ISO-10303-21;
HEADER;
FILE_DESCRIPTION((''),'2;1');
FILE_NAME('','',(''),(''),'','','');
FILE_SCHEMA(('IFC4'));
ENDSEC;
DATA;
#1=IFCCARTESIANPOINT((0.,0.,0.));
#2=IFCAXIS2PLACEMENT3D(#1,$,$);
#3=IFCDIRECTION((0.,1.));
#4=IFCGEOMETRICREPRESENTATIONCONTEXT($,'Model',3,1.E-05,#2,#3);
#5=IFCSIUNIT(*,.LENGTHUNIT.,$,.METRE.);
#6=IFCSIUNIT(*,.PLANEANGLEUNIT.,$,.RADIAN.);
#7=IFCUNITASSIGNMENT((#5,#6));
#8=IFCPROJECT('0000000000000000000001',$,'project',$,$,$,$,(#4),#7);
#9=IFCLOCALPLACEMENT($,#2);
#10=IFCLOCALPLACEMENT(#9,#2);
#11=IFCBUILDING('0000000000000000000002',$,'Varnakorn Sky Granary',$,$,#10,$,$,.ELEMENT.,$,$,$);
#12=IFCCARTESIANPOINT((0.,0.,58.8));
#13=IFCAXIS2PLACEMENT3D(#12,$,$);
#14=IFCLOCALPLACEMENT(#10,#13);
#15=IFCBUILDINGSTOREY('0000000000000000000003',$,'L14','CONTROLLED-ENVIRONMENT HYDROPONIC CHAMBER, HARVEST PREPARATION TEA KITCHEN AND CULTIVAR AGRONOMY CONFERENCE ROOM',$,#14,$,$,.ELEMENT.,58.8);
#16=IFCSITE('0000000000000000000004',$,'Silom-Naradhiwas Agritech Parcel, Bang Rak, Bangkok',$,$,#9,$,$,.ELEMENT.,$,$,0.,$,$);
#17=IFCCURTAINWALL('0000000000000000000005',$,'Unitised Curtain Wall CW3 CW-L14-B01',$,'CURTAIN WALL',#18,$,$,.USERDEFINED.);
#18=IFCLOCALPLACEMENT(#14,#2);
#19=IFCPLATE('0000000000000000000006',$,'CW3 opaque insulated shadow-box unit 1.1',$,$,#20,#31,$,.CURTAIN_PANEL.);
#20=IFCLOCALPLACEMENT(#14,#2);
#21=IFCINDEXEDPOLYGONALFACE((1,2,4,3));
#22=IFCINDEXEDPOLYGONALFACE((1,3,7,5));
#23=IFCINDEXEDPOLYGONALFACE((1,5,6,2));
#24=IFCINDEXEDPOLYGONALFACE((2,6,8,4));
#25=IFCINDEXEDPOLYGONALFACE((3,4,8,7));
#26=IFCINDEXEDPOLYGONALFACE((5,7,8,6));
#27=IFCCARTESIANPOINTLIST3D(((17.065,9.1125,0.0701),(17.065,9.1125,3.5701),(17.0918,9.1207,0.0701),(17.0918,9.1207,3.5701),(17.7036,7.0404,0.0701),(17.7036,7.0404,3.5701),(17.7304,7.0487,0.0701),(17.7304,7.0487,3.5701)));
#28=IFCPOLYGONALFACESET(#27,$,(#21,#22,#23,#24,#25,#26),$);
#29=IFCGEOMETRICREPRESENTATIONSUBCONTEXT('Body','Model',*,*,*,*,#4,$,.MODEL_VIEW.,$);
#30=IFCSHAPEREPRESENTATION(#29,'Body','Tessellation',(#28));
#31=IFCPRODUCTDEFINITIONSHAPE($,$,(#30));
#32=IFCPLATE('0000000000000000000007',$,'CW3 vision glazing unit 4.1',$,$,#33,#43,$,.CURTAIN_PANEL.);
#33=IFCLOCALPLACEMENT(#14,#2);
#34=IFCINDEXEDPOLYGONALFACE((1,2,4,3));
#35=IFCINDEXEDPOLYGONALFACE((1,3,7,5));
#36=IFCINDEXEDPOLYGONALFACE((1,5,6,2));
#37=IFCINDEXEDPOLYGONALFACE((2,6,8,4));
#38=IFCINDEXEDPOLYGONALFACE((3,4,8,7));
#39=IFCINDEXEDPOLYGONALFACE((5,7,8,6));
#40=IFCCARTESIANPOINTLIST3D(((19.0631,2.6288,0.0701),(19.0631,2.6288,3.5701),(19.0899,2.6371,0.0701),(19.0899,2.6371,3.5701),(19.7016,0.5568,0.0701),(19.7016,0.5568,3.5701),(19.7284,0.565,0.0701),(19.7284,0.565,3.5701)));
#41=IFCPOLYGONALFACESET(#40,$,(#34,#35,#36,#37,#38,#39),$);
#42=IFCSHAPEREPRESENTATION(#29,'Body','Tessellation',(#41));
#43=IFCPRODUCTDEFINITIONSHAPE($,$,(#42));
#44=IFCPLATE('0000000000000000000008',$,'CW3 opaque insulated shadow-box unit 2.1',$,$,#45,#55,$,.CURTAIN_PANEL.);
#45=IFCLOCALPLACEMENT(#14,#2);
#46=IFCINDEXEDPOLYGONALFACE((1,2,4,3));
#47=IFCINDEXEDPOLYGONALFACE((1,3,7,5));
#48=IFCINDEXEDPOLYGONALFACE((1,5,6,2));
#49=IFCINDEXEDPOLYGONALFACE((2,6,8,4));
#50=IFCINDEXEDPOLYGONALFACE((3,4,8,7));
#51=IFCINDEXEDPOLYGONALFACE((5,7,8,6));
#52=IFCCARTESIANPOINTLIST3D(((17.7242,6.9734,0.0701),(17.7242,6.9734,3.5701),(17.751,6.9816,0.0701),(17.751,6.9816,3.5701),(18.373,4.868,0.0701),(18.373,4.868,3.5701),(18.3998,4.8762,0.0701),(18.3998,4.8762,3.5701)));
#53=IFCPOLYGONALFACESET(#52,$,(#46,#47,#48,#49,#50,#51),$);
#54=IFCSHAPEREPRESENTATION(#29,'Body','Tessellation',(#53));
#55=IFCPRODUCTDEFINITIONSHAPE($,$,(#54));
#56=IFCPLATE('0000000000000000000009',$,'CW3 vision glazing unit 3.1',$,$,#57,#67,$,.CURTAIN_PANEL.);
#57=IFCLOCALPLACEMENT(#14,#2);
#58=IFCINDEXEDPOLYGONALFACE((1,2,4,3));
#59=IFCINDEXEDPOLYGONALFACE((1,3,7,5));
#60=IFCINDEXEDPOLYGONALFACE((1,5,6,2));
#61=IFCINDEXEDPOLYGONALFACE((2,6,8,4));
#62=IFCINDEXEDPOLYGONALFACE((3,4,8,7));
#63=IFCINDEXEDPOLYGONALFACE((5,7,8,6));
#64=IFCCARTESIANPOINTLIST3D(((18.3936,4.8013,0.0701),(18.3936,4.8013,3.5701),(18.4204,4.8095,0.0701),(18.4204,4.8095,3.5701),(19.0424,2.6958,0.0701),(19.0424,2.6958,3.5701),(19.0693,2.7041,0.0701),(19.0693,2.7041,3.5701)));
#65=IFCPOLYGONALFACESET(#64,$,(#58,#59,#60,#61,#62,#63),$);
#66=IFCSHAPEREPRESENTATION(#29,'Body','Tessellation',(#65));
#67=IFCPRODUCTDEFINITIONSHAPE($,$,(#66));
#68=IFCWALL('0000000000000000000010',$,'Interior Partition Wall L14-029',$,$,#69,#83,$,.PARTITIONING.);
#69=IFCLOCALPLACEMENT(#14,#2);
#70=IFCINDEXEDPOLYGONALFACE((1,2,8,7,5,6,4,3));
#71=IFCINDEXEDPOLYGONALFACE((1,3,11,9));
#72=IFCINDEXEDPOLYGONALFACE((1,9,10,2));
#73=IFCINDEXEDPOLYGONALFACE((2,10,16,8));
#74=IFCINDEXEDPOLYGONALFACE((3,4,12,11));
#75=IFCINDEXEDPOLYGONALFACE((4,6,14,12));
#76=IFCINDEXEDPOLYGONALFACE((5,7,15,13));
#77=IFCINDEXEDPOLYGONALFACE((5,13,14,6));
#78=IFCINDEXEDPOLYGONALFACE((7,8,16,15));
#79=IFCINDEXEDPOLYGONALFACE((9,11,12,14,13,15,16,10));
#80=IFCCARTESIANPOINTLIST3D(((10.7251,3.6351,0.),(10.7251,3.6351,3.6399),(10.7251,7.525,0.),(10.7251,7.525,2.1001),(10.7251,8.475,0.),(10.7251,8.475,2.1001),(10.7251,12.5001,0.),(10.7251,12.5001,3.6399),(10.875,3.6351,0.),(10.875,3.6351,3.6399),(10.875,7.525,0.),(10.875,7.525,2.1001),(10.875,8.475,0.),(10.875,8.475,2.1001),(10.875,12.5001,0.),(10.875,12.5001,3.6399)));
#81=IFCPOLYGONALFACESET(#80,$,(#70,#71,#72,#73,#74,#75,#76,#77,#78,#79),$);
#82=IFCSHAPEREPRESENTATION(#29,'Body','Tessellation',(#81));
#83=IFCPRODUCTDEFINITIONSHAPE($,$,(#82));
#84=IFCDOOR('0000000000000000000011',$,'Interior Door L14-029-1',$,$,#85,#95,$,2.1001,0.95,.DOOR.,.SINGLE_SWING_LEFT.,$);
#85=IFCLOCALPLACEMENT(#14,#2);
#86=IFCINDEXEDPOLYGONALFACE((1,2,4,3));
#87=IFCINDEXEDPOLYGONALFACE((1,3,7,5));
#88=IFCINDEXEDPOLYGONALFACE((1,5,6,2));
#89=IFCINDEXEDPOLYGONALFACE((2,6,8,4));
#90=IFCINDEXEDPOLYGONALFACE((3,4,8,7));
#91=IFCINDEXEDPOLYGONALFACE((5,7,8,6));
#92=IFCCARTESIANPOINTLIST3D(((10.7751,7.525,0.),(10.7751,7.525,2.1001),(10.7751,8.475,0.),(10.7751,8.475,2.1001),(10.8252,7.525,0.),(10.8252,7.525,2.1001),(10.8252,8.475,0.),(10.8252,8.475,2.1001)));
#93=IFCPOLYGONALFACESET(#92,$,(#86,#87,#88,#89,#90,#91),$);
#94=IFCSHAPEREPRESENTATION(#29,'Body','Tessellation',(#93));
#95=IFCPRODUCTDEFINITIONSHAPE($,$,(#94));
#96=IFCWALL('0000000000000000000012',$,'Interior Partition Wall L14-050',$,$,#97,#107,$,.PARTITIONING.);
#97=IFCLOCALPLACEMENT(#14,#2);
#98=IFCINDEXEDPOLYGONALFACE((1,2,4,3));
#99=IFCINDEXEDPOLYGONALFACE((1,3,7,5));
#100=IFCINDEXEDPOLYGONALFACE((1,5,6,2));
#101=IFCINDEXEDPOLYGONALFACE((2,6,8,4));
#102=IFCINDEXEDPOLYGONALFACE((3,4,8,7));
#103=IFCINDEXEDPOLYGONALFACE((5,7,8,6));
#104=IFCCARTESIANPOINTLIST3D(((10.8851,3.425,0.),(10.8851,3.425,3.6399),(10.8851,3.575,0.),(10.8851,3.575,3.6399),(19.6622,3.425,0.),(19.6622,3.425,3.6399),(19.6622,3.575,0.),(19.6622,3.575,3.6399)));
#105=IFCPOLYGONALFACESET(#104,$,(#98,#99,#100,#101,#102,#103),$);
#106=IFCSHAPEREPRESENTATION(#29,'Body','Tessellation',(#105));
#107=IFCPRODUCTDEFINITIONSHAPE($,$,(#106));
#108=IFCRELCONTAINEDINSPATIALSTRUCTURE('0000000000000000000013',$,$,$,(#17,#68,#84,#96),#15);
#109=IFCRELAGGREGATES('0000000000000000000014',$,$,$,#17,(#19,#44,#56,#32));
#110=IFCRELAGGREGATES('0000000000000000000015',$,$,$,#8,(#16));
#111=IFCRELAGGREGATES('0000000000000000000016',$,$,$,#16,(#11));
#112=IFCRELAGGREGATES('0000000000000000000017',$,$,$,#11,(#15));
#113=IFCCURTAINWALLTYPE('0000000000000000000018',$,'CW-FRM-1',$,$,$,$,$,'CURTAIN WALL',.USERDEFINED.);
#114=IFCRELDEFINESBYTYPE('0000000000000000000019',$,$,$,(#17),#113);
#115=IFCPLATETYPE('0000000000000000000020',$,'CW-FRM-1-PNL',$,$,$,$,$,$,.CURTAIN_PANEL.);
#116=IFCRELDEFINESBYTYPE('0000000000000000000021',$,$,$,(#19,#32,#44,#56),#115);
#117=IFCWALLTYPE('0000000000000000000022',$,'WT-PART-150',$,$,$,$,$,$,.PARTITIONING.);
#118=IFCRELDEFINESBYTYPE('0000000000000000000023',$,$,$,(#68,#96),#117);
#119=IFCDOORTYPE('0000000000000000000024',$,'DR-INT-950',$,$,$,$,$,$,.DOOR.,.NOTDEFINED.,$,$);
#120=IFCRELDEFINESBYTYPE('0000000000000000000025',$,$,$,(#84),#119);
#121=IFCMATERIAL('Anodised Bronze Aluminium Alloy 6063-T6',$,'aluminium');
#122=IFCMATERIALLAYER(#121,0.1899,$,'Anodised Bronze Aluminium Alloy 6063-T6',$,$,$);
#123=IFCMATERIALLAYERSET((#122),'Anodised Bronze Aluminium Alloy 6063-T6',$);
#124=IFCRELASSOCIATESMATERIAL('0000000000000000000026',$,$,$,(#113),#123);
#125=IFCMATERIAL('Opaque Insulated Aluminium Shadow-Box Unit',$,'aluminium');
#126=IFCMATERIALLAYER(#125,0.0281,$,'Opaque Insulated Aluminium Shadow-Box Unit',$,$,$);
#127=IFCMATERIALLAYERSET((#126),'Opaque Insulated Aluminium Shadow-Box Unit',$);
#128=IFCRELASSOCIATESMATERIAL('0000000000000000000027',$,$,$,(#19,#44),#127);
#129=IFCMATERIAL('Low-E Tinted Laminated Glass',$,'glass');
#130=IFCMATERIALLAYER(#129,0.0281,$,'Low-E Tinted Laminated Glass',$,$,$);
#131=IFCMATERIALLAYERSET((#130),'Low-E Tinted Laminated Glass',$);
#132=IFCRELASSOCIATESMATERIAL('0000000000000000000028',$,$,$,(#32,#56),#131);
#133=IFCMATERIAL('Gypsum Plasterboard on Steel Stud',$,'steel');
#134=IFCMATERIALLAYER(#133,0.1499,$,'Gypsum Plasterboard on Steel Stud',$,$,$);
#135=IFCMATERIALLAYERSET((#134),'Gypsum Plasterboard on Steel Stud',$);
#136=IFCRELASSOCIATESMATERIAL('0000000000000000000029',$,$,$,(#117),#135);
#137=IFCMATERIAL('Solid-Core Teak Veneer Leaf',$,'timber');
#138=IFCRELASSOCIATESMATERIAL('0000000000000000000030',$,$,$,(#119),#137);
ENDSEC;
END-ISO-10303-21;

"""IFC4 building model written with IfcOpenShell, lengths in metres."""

from ifc_helpers import new_model, si_unit, direction, frame, frame_2d, origin, origin_2d, place, context, subcontext, project, spatial, rectangle, extrude, source, transform, mapped, material, layer, layer_set, type_object, type_shapes, element, fill, aggregate, save


model = new_model("IFC4")

# Units and contexts
model_context = context("Model", 3, precision=1e-05, world=origin(), true_north=direction((0.0, 1.0)))
body_context = subcontext(model_context, "Body", "Model", "MODEL_VIEW")
ifc_project = project(units=[si_unit("LENGTHUNIT", "METRE"), si_unit("PLANEANGLEUNIT", "RADIAN")], contexts=[model_context])

# Site, building, storey
site_placement = place(None, origin())
site = spatial("IfcSite", under=ifc_project, at=site_placement, Name="Silom-Naradhiwas Agritech Parcel, Bang Rak, Bangkok", CompositionType="ELEMENT", RefElevation=0.0)
building_placement = place(site_placement, origin())
building = spatial("IfcBuilding", under=site, at=building_placement, Name="Varnakorn Sky Granary", CompositionType="ELEMENT")
storey_placement = place(building_placement, frame((0.0, 0.0, 58.8)))
storey = spatial("IfcBuildingStorey", under=building, at=storey_placement, Name="L14", Description="CONTROLLED-ENVIRONMENT HYDROPONIC CHAMBER, HARVEST PREPARATION TEA KITCHEN AND CULTIVAR AGRONOMY CONFERENCE ROOM", CompositionType="ELEMENT", Elevation=58.8)

# Curtain wall
ifc_material_1 = material(Name="Anodised Bronze Aluminium Alloy 6063-T6", Category="aluminium")
ifc_layer_1 = layer(ifc_material_1, 0.1899, Name="Anodised Bronze Aluminium Alloy 6063-T6")
ifc_layer_set_1 = layer_set([ifc_layer_1], Name="Anodised Bronze Aluminium Alloy 6063-T6")
curtain_wall_type = type_object("IfcCurtainWallType", Name="CW-FRM-1", ElementType="CURTAIN WALL", PredefinedType="USERDEFINED", material=ifc_layer_set_1)
curtain_wall_placement = place(storey_placement, origin())
curtain_wall = element("IfcCurtainWall", 1, at=curtain_wall_placement, inside=storey, type_object=curtain_wall_type, Name="Unitised Curtain Wall CW3 CW-L14-B01", ObjectType="CURTAIN WALL", PredefinedType="USERDEFINED")

# Plates
ifc_material_2 = material(Name="Opaque Insulated Aluminium Shadow-Box Unit", Category="aluminium")
ifc_layer_2 = layer(ifc_material_2, 0.0281, Name="Opaque Insulated Aluminium Shadow-Box Unit")
ifc_layer_set_2 = layer_set([ifc_layer_2], Name="Opaque Insulated Aluminium Shadow-Box Unit")
plate_type = type_object("IfcPlateType", Name="CW-FRM-1-PNL", PredefinedType="CURTAIN_PANEL")
shared_shape_1 = source(origin(), body_context, "Body", "SweptSolid", [
    extrude(rectangle(XDim=2.1682, YDim=0.0281, at=origin_2d()), origin(), (0.0, 0.0, 1.0), 3.5),
])
plate_1_placement = place(storey_placement, frame((17.3977, 8.0806, 0.0701), z_axis=(0.0, 0.0, 1.0), x_axis=(0.294505, -0.95565, 0.0)))
plate_1 = element("IfcPlate", 2, at=plate_1_placement, type_object=plate_type, material=ifc_layer_set_2, Name="CW3 opaque insulated shadow-box unit 1.1", PredefinedType="CURTAIN_PANEL", context=body_context, shape_type="MappedRepresentation", body=[
    mapped(shared_shape_1, transform((0.0, 0.0, 0.0), x_axis=(1.0, 0.0, 0.0), y_axis=(0.0, 1.0, 0.0), z_axis=(0.0, 0.0, 1.0), scale=1.0)),
])
ifc_material_3 = material(Name="Low-E Tinted Laminated Glass", Category="glass")
ifc_layer_3 = layer(ifc_material_3, 0.0281, Name="Low-E Tinted Laminated Glass")
ifc_layer_set_3 = layer_set([ifc_layer_3], Name="Low-E Tinted Laminated Glass")
plate_2_placement = place(storey_placement, frame((19.3958, 1.5969, 0.0701), z_axis=(0.0, 0.0, 1.0), x_axis=(0.294505, -0.95565, 0.0)))
plate_2 = element("IfcPlate", 3, at=plate_2_placement, type_object=plate_type, material=ifc_layer_set_3, Name="CW3 vision glazing unit 4.1", PredefinedType="CURTAIN_PANEL", context=body_context, shape_type="MappedRepresentation", body=[
    mapped(shared_shape_1, transform((0.0, 0.0, 0.0), x_axis=(1.0, 0.0, 0.0), y_axis=(0.0, 1.0, 0.0), z_axis=(0.0, 0.0, 1.0), scale=1.0)),
])
shared_shape_2 = source(origin(), body_context, "Body", "SweptSolid", [
    extrude(rectangle(XDim=2.2031, YDim=0.0281, at=origin_2d()), origin(), (0.0, 0.0, 1.0), 3.5),
])
type_shapes(plate_type, [shared_shape_1, shared_shape_2])
plate_3_placement = place(storey_placement, frame((18.062, 5.9248, 0.0701), z_axis=(0.0, 0.0, 1.0), x_axis=(0.294505, -0.95565, 0.0)))
plate_3 = element("IfcPlate", 4, at=plate_3_placement, type_object=plate_type, material=ifc_layer_set_2, Name="CW3 opaque insulated shadow-box unit 2.1", PredefinedType="CURTAIN_PANEL", context=body_context, shape_type="MappedRepresentation", body=[
    mapped(shared_shape_2, transform((0.0, 0.0, 0.0), x_axis=(1.0, 0.0, 0.0), y_axis=(0.0, 1.0, 0.0), z_axis=(0.0, 0.0, 1.0), scale=1.0)),
])
plate_4_placement = place(storey_placement, frame((18.7314, 3.7527, 0.0701), z_axis=(0.0, 0.0, 1.0), x_axis=(0.294505, -0.95565, 0.0)))
plate_4 = element("IfcPlate", 5, at=plate_4_placement, type_object=plate_type, material=ifc_layer_set_3, Name="CW3 vision glazing unit 3.1", PredefinedType="CURTAIN_PANEL", context=body_context, shape_type="MappedRepresentation", body=[
    mapped(shared_shape_2, transform((0.0, 0.0, 0.0), x_axis=(1.0, 0.0, 0.0), y_axis=(0.0, 1.0, 0.0), z_axis=(0.0, 0.0, 1.0), scale=1.0)),
])
aggregate(curtain_wall, [plate_1, plate_3, plate_4, plate_2])

# Wall, opening, door
ifc_material_4 = material(Name="Gypsum Plasterboard on Steel Stud", Category="steel")
ifc_layer_4 = layer(ifc_material_4, 0.1499, Name="Gypsum Plasterboard on Steel Stud")
ifc_layer_set_4 = layer_set([ifc_layer_4], Name="Gypsum Plasterboard on Steel Stud")
wall_type = type_object("IfcWallType", Name="WT-PART-150", PredefinedType="PARTITIONING", material=ifc_layer_set_4)
wall_1_placement = place(storey_placement, frame((10.8, 3.635, 0.0), z_axis=(0.0, 0.0, 1.0), x_axis=(0.0, 1.0, 0.0)))
wall_1 = element("IfcWall", 6, at=wall_1_placement, inside=storey, type_object=wall_type, Name="Interior Partition Wall L14-029", PredefinedType="PARTITIONING", context=body_context, shape_type="SweptSolid", body=[
    extrude(rectangle(XDim=8.865, YDim=0.1499, at=frame_2d((4.4326, 0.0))), origin(), (0.0, 0.0, 1.0), 3.6399),
])
opening_placement = place(wall_1_placement, frame((3.8899, 0.0, 0.0)))
opening = element("IfcOpeningElement", 7, at=opening_placement, cuts=wall_1, PredefinedType="OPENING", context=body_context, shape_type="SweptSolid", body=[
    extrude(rectangle(XDim=0.95, YDim=2.1001, at=frame_2d((0.4751, 1.05))), frame((0.0, 0.085, 0.0), z_axis=(0.0, -1.0, 0.0), x_axis=(1.0, 0.0, 0.0)), (0.0, 0.0, 1.0), 0.1699),
])
ifc_material_5 = material(Name="Solid-Core Teak Veneer Leaf", Category="timber")
door_type = type_object("IfcDoorType", Name="DR-INT-950", OperationType="NOTDEFINED", PredefinedType="DOOR", material=ifc_material_5)
door_placement = place(opening_placement, origin())
door = element("IfcDoor", 8, at=door_placement, inside=storey, type_object=door_type, Name="Interior Door L14-029-1", OperationType="SINGLE_SWING_LEFT", OverallHeight=2.1001, OverallWidth=0.95, PredefinedType="DOOR", context=body_context, shape_type="SweptSolid", body=[
    extrude(rectangle(XDim=0.95, YDim=2.1001, at=frame_2d((0.4751, 1.05))), frame((0.0, 0.0249, 0.0), z_axis=(0.0, -1.0, 0.0), x_axis=(1.0, 0.0, 0.0)), (0.0, 0.0, 1.0), 0.05),
])
fill(opening, door)

# Wall
wall_2_placement = place(storey_placement, frame((10.885, 3.5, 0.0), z_axis=(0.0, 0.0, 1.0), x_axis=(1.0, 0.0, 0.0)))
element("IfcWall", 9, at=wall_2_placement, inside=storey, type_object=wall_type, Name="Interior Partition Wall L14-050", PredefinedType="PARTITIONING", context=body_context, shape_type="SweptSolid", body=[
    extrude(rectangle(XDim=8.7771, YDim=0.1499, at=frame_2d((4.3887, 0.0))), origin(), (0.0, 0.0, 1.0), 3.6399),
])

save(model, "model.ifc")
